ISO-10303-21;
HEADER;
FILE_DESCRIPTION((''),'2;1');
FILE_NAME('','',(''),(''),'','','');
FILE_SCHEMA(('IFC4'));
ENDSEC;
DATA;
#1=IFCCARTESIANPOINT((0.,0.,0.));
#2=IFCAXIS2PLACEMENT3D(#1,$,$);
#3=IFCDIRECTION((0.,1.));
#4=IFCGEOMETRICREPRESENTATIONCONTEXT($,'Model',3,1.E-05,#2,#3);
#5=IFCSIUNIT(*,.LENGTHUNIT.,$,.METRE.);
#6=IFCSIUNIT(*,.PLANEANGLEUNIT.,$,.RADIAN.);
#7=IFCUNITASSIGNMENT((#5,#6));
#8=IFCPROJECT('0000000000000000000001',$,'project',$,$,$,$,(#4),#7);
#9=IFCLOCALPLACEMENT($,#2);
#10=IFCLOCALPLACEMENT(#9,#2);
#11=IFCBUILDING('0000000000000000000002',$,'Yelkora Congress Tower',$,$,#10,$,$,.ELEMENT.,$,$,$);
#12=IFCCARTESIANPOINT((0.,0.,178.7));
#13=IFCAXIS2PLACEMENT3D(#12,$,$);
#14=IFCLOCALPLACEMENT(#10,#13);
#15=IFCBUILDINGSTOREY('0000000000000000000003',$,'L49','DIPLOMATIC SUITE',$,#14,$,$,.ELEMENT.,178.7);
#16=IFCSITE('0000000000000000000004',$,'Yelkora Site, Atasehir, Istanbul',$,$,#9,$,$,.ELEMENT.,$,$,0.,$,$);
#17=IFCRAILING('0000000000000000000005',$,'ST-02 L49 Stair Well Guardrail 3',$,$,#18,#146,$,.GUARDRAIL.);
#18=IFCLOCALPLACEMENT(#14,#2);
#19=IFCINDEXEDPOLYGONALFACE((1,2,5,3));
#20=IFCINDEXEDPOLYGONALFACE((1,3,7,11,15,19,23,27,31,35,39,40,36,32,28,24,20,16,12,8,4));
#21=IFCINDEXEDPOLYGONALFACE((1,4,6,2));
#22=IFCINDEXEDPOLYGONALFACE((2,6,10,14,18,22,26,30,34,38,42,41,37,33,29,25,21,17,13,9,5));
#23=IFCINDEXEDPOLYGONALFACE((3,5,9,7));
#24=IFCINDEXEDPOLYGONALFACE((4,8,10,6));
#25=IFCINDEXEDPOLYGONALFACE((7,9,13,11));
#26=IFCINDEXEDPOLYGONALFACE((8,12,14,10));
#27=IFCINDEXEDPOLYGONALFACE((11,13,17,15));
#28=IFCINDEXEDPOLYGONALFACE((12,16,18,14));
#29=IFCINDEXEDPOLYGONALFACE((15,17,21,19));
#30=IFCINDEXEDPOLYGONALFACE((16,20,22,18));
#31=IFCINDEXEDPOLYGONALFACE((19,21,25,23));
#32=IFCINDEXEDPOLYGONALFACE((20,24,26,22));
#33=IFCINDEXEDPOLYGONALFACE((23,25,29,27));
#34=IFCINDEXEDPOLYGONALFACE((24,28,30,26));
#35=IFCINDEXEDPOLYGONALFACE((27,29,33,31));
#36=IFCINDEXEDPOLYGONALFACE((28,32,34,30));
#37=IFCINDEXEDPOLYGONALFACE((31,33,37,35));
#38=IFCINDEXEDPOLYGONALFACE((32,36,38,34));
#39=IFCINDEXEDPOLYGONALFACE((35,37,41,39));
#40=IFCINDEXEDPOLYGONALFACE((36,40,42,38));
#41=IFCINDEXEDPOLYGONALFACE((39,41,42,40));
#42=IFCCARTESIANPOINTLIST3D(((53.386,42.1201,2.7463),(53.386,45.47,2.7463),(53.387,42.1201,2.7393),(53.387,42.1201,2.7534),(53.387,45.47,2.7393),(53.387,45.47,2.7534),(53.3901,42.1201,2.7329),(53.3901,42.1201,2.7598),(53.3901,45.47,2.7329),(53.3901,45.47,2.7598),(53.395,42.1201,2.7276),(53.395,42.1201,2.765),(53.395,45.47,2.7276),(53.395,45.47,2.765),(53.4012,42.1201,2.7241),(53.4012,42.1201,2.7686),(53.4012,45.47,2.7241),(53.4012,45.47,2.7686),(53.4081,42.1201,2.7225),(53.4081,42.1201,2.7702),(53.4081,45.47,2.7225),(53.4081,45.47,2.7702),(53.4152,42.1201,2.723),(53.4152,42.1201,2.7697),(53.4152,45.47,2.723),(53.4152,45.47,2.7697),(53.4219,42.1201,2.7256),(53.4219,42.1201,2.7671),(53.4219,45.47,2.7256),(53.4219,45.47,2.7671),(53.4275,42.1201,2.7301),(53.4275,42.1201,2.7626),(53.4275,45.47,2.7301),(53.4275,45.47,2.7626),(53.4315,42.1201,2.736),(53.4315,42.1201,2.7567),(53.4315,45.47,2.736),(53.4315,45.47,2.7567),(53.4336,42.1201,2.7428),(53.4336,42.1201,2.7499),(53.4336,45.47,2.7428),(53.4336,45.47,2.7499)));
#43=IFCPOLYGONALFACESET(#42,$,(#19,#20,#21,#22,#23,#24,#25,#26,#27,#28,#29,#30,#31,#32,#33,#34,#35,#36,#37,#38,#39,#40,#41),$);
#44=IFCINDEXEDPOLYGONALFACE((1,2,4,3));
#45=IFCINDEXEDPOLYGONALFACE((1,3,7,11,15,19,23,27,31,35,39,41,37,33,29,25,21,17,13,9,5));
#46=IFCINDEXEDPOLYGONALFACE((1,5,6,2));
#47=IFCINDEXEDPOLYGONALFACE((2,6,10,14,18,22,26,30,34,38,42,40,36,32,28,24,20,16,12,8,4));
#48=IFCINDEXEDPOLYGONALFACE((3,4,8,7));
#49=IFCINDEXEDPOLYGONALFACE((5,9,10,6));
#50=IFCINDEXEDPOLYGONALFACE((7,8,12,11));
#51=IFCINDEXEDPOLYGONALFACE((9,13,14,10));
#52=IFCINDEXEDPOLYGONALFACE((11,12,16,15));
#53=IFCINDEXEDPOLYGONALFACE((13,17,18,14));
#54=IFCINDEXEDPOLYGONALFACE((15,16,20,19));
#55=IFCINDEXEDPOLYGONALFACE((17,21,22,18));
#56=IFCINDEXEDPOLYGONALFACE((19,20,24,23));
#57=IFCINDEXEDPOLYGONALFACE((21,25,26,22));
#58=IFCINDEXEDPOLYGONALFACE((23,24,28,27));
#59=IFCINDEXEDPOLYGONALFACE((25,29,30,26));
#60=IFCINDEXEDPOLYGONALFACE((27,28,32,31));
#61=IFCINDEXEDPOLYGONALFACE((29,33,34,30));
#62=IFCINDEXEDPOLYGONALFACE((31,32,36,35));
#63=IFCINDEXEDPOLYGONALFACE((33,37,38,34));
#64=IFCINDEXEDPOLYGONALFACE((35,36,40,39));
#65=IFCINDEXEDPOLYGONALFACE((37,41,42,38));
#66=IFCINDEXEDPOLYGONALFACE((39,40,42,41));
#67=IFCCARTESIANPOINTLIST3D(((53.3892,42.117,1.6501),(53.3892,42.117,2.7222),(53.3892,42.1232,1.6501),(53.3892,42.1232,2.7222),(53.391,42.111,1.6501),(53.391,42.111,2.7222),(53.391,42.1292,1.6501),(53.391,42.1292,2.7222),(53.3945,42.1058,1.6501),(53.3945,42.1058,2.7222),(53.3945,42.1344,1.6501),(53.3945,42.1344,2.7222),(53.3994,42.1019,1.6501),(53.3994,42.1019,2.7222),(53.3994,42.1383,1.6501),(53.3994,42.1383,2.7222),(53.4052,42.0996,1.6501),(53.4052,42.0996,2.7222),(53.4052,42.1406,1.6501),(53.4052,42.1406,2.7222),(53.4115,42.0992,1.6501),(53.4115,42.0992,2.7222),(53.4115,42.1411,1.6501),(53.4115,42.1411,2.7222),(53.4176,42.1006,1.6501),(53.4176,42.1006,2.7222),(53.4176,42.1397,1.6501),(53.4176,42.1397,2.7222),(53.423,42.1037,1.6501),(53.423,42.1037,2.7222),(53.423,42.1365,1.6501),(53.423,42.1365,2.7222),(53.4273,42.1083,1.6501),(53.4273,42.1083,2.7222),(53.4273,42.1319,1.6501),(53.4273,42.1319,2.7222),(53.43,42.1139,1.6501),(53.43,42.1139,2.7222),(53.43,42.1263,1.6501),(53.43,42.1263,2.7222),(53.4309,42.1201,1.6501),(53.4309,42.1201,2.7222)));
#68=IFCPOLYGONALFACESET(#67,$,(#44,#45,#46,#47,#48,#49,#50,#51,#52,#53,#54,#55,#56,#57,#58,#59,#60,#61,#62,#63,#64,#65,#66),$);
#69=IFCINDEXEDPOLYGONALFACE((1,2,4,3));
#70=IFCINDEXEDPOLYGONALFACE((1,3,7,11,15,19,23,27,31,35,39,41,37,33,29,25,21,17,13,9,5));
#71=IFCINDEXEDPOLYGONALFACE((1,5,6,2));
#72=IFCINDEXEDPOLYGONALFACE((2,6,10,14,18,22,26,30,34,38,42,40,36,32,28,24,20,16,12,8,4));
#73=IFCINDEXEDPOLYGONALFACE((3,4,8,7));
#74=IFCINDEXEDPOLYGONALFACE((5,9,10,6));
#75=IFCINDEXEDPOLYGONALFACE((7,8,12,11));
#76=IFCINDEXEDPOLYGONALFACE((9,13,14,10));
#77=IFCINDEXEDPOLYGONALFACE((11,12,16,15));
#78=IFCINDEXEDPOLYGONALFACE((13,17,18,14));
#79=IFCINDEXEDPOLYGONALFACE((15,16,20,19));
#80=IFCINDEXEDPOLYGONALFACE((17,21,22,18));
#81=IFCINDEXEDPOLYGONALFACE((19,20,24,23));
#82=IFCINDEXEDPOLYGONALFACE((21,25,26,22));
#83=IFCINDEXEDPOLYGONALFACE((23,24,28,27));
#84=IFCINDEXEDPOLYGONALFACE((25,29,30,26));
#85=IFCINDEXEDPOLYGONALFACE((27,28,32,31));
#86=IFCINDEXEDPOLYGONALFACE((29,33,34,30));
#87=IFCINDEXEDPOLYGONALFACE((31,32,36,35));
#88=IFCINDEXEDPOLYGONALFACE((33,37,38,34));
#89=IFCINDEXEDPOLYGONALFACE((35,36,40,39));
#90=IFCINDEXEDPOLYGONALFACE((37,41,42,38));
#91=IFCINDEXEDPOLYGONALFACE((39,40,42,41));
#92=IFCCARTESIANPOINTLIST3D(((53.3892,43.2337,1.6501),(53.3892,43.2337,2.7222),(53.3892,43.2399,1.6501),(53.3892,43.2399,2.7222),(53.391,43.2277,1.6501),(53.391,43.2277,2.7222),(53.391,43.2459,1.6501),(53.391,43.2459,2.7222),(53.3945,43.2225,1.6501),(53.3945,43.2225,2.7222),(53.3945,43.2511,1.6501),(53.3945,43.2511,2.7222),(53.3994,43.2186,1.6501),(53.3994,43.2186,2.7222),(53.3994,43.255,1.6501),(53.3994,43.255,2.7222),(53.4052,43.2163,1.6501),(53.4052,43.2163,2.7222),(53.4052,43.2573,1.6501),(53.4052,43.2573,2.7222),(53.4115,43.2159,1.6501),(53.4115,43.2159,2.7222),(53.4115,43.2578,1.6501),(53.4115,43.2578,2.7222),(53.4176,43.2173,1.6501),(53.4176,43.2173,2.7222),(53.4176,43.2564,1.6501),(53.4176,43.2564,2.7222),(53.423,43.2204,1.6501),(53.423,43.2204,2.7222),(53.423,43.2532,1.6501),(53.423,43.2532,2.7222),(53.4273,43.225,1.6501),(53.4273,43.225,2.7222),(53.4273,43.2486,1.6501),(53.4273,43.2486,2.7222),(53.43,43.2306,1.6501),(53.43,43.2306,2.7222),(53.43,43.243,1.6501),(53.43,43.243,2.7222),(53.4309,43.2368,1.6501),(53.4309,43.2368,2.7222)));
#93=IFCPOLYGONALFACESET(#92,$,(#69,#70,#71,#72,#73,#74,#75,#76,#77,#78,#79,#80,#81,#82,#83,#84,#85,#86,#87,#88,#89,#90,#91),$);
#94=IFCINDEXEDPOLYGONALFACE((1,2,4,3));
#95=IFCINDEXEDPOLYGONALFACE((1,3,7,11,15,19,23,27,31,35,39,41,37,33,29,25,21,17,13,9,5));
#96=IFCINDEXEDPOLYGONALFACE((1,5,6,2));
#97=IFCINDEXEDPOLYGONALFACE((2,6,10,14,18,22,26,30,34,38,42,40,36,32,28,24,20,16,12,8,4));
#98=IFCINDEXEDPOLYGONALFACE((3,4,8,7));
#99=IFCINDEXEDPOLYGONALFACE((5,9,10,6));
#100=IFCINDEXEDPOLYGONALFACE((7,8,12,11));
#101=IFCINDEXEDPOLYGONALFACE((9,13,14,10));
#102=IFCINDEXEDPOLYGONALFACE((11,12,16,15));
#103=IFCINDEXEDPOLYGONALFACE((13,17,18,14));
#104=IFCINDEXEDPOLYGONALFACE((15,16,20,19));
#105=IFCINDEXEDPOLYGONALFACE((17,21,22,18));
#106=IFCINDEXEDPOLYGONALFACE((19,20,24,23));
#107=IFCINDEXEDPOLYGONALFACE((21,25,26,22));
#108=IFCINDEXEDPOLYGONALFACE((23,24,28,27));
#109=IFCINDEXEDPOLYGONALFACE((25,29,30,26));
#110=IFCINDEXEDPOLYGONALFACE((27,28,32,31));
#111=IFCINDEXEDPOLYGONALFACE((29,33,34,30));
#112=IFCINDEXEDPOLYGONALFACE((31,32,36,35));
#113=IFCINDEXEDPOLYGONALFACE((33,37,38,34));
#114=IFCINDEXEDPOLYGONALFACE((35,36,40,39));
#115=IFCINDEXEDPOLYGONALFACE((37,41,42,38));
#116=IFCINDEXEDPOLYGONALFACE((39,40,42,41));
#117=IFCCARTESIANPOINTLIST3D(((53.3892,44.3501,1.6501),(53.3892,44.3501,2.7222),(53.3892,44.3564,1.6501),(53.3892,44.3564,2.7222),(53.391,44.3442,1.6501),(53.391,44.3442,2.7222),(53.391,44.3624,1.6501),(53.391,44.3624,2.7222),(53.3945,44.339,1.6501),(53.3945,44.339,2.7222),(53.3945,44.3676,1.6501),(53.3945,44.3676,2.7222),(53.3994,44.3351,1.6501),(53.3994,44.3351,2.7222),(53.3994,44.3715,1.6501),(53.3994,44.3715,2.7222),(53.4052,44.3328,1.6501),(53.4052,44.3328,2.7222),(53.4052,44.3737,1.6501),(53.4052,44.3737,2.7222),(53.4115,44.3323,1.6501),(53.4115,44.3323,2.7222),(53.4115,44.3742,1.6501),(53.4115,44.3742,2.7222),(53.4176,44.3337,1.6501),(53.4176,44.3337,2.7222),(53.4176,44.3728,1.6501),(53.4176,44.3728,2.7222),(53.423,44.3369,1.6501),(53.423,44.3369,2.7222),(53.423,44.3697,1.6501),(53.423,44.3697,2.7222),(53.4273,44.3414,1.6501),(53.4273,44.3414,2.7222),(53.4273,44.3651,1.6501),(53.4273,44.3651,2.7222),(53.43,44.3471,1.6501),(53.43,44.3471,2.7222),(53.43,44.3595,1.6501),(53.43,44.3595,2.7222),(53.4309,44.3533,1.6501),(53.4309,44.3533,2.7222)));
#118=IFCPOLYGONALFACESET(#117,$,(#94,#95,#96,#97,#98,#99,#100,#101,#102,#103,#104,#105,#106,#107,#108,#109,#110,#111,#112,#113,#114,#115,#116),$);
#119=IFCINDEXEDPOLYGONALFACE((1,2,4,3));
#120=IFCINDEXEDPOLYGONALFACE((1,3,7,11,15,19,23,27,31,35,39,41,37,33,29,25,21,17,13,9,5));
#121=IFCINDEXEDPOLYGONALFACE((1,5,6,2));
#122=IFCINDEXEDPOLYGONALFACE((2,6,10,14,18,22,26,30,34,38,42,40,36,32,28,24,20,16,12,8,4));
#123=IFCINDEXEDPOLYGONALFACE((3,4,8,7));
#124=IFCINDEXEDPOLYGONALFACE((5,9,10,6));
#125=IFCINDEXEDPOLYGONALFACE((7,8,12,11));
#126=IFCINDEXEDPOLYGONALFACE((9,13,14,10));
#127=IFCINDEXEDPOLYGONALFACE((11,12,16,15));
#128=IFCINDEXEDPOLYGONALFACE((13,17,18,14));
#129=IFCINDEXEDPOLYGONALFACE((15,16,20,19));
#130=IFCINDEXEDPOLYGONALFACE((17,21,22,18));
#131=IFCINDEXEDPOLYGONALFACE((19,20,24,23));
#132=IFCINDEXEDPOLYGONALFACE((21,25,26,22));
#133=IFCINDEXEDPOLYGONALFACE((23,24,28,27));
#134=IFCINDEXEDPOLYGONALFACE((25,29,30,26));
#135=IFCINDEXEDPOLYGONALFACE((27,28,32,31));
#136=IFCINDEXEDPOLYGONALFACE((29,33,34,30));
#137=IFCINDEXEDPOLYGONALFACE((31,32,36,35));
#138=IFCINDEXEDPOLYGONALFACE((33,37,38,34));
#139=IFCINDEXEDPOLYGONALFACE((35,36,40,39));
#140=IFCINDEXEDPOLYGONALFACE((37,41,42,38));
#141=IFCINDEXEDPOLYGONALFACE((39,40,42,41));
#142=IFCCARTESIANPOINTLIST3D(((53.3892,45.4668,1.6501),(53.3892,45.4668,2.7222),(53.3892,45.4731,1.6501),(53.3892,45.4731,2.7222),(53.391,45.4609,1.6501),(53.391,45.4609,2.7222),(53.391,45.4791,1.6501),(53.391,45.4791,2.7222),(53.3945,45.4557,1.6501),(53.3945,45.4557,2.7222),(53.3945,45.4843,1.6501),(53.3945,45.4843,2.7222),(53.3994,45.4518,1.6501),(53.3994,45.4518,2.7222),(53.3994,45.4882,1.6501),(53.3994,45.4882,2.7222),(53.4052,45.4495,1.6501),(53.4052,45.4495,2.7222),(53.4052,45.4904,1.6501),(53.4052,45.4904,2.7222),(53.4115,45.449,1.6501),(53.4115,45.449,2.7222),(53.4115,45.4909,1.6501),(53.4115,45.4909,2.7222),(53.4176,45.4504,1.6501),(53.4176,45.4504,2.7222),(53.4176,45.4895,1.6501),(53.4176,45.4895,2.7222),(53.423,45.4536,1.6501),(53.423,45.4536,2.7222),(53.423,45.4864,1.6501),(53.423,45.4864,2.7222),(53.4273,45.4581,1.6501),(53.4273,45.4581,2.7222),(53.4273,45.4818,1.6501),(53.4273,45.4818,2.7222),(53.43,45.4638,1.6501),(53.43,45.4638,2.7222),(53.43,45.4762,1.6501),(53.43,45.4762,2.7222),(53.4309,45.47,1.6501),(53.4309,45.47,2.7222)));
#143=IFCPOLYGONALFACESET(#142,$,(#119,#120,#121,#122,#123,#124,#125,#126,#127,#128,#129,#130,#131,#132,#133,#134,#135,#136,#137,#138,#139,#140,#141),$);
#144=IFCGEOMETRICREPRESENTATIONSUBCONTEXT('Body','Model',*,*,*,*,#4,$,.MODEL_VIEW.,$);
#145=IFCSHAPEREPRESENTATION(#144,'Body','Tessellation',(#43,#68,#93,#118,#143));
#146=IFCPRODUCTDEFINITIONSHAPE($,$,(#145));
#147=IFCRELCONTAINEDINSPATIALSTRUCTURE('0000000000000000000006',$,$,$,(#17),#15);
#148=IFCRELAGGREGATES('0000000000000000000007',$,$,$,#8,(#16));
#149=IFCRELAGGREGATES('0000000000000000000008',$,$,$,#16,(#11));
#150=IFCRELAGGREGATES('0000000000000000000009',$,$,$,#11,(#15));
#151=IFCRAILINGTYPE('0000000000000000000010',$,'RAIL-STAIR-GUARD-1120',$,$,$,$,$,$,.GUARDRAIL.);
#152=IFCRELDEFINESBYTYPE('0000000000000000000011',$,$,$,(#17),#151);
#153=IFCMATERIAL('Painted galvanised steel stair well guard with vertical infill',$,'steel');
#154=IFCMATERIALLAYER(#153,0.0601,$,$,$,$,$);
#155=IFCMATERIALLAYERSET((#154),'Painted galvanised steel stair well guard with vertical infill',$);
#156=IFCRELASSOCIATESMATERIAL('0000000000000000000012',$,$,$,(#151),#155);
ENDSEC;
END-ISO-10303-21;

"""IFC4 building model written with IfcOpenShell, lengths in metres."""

from ifc_helpers import new_model, si_unit, direction, frame, origin, origin_2d, place, context, subcontext, project, spatial, circle, extrude, material, layer, layer_set, type_object, element, save


model = new_model("IFC4")

# Units and contexts
model_context = context("Model", 3, precision=1e-05, world=origin(), true_north=direction((0.0, 1.0)))
body_context = subcontext(model_context, "Body", "Model", "MODEL_VIEW")
ifc_project = project(units=[si_unit("LENGTHUNIT", "METRE"), si_unit("PLANEANGLEUNIT", "RADIAN")], contexts=[model_context])

# Site, building, storey
site_placement = place(None, origin())
site = spatial("IfcSite", under=ifc_project, at=site_placement, Name="Yelkora Site, Atasehir, Istanbul", CompositionType="ELEMENT", RefElevation=0.0)
building_placement = place(site_placement, origin())
building = spatial("IfcBuilding", under=site, at=building_placement, Name="Yelkora Congress Tower", CompositionType="ELEMENT")
storey_placement = place(building_placement, frame((0.0, 0.0, 178.7)))
storey = spatial("IfcBuildingStorey", under=building, at=storey_placement, Name="L49", Description="DIPLOMATIC SUITE", CompositionType="ELEMENT", Elevation=178.7)

# Railing
ifc_material_1 = material(Name="Painted galvanised steel stair well guard with vertical infill", Category="steel")
ifc_layer_1 = layer(ifc_material_1, 0.0601)
ifc_layer_set_1 = layer_set([ifc_layer_1], Name="Painted galvanised steel stair well guard with vertical infill")
railing_type_1 = type_object("IfcRailingType", Name="RAIL-STAIR-GUARD-1120", PredefinedType="GUARDRAIL", material=ifc_layer_set_1)
for number, where, name in (
    (1, (53.4099, 42.1201, 1.6501), "ST-02 L49 Stair Well Guardrail 3"),
):
    element("IfcRailing", number, at=place(storey_placement, frame(where)), inside=storey, type_object=railing_type_1, Name=name, PredefinedType="GUARDRAIL", context=body_context, shape_type="SweptSolid", body=[
        extrude(circle(Radius=0.0239, at=origin_2d()), frame((0.0, 0.0, 1.0962), z_axis=(0.0, 1.0, 0.0), x_axis=(-1.0, 0.0, 0.0)), (0.0, 0.0, 1.0), 3.3499),
        extrude(circle(Radius=0.021, at=origin_2d()), origin(), (0.0, 0.0, 1.0), 1.072),
        extrude(circle(Radius=0.021, at=origin_2d()), frame((0.0, 1.1167, 0.0)), (0.0, 0.0, 1.0), 1.072),
        extrude(circle(Radius=0.021, at=origin_2d()), frame((0.0, 2.2332, 0.0)), (0.0, 0.0, 1.0), 1.072),
        extrude(circle(Radius=0.021, at=origin_2d()), frame((0.0, 3.3499, 0.0)), (0.0, 0.0, 1.0), 1.072),
    ])

save(model, "model.ifc")
